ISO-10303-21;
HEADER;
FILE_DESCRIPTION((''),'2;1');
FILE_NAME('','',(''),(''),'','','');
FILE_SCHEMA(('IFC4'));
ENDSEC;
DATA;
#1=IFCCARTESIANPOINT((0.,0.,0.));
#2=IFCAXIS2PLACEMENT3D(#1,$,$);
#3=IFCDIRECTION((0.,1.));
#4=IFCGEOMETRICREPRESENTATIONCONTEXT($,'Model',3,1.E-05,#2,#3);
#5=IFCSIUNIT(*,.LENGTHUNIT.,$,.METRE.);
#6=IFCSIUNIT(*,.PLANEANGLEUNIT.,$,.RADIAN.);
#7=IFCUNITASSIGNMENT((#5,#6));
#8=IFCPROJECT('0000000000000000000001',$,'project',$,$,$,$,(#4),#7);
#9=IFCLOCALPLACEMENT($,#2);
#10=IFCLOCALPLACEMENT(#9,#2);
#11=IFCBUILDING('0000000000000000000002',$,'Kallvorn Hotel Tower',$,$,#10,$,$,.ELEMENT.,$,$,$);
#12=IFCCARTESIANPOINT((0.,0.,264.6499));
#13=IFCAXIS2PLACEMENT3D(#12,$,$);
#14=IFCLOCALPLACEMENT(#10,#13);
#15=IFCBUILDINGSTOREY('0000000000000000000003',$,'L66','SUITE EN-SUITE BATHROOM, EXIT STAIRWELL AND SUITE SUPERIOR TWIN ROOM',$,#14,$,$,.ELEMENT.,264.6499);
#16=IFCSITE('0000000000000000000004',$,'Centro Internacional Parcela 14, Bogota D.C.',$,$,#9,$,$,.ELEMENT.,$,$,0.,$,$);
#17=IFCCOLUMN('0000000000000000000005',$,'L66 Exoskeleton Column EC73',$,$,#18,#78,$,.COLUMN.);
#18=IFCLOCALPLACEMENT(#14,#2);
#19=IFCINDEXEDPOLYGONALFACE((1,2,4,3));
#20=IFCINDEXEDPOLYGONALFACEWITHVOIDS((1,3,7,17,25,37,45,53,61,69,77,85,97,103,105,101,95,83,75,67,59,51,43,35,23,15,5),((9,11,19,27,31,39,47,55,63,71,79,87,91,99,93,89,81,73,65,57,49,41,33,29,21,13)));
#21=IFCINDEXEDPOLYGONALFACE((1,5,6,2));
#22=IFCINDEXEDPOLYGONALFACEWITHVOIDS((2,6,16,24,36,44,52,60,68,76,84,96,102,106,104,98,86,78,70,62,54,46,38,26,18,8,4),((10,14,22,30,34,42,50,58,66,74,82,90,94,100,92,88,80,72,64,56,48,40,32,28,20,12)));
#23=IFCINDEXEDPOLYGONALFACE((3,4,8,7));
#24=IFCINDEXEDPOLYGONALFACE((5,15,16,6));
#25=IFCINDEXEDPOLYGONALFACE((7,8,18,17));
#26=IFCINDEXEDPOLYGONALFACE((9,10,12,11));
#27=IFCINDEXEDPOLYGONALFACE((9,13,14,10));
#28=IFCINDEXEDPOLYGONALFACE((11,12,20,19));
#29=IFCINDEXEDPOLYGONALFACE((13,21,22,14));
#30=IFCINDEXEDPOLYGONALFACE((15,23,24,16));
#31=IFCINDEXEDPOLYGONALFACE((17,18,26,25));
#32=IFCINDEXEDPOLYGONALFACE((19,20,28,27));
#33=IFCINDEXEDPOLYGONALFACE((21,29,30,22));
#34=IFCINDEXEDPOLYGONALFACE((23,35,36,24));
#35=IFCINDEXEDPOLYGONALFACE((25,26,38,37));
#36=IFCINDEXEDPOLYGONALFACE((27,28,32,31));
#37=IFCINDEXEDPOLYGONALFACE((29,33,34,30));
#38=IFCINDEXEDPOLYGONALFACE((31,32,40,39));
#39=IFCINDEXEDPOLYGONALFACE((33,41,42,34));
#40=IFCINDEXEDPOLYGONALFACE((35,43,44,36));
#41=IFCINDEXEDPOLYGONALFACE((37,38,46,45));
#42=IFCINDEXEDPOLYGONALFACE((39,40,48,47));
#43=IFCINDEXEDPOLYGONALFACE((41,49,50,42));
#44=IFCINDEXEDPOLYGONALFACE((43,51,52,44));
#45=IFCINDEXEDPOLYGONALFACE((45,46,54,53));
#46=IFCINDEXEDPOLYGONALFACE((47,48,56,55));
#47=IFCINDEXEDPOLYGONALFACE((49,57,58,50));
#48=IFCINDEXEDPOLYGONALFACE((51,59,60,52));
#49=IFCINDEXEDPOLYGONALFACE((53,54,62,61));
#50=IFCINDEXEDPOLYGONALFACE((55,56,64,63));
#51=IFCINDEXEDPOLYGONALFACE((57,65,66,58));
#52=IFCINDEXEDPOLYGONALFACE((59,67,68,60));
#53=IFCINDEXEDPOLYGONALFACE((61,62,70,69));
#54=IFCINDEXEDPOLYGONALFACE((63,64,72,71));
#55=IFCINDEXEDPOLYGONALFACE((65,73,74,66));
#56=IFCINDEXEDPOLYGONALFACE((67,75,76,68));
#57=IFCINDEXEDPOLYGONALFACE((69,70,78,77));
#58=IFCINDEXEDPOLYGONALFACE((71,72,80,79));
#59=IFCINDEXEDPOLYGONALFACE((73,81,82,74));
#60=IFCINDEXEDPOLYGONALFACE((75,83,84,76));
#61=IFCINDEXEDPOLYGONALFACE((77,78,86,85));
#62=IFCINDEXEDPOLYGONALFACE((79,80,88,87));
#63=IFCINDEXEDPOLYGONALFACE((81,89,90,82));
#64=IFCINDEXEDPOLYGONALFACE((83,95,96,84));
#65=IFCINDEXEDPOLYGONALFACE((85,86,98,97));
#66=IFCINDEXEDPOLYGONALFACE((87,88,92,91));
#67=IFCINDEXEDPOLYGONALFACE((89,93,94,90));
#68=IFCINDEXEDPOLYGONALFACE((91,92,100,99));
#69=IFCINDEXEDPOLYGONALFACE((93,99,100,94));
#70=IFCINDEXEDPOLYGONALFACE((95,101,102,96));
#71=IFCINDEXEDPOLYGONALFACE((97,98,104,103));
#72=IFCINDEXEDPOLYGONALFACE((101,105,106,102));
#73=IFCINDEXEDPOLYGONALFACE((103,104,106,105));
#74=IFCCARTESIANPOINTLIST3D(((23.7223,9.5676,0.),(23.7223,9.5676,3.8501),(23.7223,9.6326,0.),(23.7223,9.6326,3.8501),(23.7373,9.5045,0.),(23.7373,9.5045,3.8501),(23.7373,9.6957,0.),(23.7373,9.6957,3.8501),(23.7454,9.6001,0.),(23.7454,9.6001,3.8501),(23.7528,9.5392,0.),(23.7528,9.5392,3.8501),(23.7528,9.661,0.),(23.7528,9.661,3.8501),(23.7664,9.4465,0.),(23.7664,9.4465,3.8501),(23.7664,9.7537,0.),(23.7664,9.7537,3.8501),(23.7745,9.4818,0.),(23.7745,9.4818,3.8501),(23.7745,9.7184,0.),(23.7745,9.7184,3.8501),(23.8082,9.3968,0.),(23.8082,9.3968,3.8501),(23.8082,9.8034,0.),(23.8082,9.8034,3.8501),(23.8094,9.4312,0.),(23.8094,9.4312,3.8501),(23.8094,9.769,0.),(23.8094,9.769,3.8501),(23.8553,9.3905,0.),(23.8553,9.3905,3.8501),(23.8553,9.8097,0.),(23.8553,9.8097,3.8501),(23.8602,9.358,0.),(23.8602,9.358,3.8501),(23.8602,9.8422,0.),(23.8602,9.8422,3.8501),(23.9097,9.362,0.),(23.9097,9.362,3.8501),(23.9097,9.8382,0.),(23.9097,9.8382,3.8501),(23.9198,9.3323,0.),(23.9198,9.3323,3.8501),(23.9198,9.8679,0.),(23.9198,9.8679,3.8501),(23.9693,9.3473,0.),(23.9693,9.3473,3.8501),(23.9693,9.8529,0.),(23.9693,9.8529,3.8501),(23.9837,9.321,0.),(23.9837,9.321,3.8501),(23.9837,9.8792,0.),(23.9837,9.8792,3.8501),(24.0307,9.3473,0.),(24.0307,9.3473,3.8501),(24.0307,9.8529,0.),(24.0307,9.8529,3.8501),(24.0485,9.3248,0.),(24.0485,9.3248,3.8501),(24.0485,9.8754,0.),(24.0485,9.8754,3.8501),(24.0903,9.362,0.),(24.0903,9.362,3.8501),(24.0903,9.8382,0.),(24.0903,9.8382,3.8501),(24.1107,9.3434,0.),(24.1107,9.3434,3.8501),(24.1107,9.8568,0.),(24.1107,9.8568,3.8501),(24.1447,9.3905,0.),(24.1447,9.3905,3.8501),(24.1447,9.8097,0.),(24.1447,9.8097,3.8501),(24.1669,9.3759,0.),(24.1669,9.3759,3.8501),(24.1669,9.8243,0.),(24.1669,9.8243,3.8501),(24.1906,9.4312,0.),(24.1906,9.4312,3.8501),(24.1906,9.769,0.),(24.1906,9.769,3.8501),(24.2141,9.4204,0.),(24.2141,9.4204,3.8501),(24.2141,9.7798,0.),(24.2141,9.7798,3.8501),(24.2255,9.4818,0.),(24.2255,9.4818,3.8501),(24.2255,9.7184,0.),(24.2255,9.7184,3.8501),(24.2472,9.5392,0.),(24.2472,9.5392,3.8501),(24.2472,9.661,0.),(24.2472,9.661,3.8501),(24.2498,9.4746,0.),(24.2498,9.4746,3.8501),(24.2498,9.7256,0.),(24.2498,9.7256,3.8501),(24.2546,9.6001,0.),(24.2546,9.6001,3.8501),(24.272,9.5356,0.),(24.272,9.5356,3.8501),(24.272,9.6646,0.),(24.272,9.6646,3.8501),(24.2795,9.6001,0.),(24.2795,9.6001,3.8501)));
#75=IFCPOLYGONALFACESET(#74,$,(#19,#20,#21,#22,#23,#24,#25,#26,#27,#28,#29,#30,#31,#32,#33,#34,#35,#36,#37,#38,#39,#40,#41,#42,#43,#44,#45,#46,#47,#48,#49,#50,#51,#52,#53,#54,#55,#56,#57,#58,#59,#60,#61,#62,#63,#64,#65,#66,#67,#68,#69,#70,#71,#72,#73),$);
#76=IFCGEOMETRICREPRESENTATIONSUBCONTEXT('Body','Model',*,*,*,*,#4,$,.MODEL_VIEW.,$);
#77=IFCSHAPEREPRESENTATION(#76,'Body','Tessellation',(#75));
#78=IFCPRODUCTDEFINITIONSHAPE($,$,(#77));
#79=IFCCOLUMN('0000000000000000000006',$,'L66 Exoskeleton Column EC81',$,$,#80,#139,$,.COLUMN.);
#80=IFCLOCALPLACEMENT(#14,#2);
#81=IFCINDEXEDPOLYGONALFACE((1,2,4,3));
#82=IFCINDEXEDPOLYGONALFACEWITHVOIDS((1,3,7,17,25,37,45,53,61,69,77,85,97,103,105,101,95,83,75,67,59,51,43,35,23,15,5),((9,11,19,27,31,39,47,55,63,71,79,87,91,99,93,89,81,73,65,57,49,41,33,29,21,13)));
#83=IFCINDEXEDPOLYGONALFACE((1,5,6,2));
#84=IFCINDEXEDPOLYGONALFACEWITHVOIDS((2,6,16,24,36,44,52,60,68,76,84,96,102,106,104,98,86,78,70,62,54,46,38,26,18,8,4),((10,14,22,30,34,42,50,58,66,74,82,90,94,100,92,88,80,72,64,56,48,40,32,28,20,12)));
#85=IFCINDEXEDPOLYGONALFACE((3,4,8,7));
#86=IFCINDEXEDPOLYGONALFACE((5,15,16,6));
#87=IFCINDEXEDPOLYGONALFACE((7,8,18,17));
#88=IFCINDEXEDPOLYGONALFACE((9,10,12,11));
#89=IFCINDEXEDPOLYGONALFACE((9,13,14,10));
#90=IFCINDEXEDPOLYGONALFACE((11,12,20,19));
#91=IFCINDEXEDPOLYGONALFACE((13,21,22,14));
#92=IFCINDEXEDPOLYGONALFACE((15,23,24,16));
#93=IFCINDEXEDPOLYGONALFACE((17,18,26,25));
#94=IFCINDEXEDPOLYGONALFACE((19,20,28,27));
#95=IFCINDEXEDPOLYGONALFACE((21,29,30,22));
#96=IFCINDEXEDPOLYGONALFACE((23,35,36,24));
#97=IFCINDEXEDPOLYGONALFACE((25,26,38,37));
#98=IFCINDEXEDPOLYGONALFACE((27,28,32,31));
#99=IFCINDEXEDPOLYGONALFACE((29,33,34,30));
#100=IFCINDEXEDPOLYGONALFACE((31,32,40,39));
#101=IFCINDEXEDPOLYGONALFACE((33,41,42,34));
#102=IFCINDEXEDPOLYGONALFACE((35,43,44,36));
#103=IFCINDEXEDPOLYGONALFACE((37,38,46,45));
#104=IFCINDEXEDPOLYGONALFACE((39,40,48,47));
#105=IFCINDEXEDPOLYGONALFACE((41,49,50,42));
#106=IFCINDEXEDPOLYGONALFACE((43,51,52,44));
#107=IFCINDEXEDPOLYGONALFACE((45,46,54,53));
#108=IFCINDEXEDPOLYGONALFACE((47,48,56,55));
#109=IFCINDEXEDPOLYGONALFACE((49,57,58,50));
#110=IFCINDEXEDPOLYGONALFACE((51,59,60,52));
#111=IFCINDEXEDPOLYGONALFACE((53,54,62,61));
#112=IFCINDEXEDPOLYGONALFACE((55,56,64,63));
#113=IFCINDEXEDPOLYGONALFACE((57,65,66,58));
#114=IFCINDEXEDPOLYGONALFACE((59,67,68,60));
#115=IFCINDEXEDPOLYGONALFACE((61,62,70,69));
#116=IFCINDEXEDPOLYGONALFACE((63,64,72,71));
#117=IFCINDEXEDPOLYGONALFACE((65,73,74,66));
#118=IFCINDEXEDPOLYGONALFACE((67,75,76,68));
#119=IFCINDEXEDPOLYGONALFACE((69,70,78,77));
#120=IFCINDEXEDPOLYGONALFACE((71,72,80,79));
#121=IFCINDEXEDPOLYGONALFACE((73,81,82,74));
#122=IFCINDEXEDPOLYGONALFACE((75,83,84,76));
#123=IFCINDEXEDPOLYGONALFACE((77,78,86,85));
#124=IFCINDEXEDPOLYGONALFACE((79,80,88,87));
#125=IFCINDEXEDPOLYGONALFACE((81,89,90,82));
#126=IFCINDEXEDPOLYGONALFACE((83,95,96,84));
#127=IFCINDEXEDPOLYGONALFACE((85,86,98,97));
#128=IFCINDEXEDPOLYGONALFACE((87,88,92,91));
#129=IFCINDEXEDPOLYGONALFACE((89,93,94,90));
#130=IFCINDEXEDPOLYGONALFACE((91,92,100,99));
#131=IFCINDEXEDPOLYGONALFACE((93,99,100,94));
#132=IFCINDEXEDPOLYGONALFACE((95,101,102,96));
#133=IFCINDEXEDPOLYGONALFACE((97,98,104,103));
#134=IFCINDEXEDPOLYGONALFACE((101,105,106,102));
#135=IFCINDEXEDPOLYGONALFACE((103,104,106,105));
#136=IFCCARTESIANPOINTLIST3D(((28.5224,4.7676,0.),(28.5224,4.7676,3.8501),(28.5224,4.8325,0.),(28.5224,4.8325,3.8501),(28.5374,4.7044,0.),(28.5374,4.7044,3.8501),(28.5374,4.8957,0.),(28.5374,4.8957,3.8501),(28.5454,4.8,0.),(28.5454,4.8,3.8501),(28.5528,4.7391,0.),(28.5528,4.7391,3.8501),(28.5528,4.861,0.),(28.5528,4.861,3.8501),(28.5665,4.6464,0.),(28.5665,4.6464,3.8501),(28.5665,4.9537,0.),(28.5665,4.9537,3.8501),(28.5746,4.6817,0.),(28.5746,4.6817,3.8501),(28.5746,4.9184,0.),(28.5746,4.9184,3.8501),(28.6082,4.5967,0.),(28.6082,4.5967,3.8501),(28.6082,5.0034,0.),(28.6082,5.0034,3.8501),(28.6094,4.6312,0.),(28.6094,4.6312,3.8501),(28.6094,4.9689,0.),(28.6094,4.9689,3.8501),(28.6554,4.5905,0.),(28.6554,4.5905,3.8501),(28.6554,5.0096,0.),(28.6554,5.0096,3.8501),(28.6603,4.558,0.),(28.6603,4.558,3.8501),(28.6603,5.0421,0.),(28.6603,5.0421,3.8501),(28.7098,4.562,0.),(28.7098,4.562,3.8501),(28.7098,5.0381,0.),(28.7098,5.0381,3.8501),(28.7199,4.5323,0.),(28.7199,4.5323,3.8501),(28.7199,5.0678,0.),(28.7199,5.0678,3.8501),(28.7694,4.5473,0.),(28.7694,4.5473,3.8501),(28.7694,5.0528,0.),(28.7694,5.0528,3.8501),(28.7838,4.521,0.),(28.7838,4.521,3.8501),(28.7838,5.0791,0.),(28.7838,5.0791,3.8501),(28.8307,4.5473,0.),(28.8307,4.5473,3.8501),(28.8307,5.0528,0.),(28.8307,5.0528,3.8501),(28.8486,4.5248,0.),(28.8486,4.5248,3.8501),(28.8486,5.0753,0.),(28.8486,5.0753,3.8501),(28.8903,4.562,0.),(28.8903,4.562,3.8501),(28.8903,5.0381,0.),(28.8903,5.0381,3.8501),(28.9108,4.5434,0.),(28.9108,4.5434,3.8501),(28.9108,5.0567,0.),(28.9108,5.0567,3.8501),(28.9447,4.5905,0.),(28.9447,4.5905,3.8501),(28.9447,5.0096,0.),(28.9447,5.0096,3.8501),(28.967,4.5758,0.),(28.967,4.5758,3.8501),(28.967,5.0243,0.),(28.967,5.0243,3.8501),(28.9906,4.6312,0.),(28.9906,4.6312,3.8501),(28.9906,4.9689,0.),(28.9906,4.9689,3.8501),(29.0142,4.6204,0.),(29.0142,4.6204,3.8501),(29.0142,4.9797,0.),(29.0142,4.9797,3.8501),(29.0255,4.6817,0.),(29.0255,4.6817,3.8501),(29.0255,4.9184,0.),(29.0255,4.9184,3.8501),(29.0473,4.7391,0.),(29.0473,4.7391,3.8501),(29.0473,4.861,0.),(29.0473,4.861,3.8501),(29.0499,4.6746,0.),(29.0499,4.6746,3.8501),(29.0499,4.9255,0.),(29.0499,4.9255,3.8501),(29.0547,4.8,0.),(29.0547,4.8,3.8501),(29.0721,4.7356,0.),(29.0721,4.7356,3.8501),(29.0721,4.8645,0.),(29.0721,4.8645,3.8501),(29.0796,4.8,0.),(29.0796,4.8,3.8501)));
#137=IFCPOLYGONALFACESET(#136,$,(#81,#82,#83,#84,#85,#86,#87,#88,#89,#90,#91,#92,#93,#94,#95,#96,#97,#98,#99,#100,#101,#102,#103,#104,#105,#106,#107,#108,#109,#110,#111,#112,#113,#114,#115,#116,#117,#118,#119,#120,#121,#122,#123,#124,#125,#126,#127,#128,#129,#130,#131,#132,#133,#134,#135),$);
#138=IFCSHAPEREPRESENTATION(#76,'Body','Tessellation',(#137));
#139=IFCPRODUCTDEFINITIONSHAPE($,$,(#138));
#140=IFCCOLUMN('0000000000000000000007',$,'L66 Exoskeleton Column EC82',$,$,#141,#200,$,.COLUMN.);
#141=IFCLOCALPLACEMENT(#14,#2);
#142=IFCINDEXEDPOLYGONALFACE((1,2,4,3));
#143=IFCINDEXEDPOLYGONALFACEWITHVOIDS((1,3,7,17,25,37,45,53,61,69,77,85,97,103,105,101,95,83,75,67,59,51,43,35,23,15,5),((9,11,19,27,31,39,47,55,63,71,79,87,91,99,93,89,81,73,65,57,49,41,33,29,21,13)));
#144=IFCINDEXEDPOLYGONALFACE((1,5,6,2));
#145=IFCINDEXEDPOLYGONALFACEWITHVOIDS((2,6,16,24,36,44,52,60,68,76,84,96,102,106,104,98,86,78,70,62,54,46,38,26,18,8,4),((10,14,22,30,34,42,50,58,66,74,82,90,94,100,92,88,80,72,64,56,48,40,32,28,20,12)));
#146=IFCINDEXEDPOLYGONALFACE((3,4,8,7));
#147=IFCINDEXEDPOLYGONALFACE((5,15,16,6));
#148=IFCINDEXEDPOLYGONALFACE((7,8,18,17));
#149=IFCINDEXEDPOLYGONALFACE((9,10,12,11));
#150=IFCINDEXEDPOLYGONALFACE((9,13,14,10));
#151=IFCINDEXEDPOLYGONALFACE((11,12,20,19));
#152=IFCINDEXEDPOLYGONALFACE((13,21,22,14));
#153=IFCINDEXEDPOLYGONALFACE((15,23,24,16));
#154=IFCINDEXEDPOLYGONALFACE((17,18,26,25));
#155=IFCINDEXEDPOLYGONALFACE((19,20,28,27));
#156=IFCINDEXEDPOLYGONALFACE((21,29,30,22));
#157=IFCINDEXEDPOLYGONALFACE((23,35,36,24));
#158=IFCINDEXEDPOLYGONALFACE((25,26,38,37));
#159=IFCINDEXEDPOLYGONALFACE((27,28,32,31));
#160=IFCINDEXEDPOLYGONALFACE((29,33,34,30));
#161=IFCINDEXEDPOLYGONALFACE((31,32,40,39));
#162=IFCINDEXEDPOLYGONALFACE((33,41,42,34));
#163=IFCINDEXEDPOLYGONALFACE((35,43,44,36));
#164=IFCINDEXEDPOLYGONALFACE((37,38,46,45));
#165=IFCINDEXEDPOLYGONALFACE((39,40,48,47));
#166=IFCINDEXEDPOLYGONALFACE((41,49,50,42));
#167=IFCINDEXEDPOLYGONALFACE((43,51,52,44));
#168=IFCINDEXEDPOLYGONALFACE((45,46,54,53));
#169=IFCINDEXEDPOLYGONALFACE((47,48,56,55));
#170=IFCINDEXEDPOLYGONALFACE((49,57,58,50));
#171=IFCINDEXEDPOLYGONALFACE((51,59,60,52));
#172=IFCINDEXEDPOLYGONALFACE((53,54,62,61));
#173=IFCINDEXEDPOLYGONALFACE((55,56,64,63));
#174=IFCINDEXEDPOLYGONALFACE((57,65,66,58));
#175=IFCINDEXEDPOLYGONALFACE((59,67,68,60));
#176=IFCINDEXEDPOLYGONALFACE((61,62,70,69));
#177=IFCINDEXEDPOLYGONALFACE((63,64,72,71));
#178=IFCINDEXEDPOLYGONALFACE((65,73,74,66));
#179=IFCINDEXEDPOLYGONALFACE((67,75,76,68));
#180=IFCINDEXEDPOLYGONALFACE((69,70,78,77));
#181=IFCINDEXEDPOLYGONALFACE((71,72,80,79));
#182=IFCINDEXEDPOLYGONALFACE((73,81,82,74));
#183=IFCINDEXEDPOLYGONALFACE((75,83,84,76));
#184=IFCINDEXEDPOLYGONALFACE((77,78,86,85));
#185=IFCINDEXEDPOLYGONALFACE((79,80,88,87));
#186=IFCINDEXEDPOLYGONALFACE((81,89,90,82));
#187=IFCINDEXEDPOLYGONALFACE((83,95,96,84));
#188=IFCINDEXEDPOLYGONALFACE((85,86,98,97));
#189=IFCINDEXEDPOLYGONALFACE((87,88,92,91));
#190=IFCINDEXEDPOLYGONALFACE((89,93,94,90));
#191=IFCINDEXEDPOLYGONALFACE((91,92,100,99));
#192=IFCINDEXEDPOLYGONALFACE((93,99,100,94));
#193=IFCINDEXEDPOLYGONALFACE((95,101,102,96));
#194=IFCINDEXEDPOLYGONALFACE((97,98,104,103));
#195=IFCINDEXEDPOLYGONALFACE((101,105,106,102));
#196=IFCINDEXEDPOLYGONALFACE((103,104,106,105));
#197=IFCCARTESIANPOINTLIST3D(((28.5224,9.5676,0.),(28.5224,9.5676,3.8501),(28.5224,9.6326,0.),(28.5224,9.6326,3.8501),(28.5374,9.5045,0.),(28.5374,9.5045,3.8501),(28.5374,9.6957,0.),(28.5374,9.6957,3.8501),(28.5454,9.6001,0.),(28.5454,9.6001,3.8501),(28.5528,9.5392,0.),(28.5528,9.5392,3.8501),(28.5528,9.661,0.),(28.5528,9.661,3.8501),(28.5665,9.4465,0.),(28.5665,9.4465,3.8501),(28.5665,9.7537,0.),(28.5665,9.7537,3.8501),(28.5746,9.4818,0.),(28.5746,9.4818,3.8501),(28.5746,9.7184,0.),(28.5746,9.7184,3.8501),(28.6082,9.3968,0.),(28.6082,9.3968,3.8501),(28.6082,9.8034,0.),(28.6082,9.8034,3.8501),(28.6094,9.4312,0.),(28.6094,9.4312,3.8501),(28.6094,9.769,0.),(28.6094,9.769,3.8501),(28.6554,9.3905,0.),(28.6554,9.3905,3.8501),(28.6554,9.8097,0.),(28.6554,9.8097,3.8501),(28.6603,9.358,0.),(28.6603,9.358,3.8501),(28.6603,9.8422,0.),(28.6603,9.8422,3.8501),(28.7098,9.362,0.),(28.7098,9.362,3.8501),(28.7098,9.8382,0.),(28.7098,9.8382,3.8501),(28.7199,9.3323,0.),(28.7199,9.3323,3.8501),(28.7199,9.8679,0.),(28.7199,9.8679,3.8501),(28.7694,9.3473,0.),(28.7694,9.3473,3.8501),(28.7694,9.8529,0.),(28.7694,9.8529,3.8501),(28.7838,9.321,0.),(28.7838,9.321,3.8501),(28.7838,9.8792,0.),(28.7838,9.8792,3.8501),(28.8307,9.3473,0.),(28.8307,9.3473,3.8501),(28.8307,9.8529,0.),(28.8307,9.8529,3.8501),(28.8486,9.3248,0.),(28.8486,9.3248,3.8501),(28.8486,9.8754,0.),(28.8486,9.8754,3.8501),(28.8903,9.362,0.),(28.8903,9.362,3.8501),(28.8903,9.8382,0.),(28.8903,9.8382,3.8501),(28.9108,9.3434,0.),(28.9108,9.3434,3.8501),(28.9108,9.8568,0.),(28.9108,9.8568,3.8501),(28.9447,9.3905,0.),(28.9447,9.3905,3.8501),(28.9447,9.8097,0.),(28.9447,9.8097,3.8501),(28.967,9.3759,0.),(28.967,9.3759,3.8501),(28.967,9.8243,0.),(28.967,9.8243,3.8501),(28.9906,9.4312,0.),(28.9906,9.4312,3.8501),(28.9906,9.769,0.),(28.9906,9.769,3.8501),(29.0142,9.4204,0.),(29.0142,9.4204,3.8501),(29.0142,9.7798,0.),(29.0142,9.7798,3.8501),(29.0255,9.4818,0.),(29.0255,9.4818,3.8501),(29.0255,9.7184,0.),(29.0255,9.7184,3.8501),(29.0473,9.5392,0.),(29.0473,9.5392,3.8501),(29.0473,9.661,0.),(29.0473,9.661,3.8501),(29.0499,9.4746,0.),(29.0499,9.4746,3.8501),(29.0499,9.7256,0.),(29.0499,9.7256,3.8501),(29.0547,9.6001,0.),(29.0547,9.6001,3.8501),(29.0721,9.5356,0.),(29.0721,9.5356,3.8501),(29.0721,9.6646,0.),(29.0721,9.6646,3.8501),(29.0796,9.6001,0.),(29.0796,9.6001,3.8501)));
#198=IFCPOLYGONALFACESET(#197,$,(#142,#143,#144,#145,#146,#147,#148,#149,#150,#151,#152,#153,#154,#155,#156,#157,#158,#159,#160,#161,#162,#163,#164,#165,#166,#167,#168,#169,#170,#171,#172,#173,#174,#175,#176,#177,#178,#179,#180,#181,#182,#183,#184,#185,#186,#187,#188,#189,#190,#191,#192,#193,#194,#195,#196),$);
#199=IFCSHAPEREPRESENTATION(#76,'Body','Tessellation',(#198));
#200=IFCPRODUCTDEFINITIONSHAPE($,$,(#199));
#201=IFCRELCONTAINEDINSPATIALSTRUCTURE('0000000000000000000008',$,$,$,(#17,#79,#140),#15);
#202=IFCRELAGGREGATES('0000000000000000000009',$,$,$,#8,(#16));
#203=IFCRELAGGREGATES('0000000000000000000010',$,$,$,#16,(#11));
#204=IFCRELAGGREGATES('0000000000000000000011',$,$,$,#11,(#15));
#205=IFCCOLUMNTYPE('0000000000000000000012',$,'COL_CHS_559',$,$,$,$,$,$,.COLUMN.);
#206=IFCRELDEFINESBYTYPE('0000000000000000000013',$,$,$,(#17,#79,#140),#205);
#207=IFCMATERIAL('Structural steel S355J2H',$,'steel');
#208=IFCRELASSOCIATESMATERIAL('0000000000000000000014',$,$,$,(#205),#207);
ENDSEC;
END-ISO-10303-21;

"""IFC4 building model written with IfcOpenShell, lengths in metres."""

from ifc_helpers import new_model, si_unit, direction, frame, origin, origin_2d, place, context, subcontext, project, spatial, hollow_circle, extrude, material, material_profile, profile_set, type_object, element, save


model = new_model("IFC4")

# Units and contexts
model_context = context("Model", 3, precision=1e-05, world=origin(), true_north=direction((0.0, 1.0)))
body_context = subcontext(model_context, "Body", "Model", "MODEL_VIEW")
ifc_project = project(units=[si_unit("LENGTHUNIT", "METRE"), si_unit("PLANEANGLEUNIT", "RADIAN")], contexts=[model_context])

# Site, building, storey
site_placement = place(None, origin())
site = spatial("IfcSite", under=ifc_project, at=site_placement, Name="Centro Internacional Parcela 14, Bogota D.C.", CompositionType="ELEMENT", RefElevation=0.0)
building_placement = place(site_placement, origin())
building = spatial("IfcBuilding", under=site, at=building_placement, Name="Kallvorn Hotel Tower", CompositionType="ELEMENT")
storey_placement = place(building_placement, frame((0.0, 0.0, 264.6499)))
storey = spatial("IfcBuildingStorey", under=building, at=storey_placement, Name="L66", Description="SUITE EN-SUITE BATHROOM, EXIT STAIRWELL AND SUITE SUPERIOR TWIN ROOM", CompositionType="ELEMENT", Elevation=264.6499)

# Columns
ifc_material_1 = material(Name="Structural steel S355J2H", Category="steel")
ifc_material_profile_1 = material_profile(ifc_material_1, hollow_circle(Radius=0.2795, WallThickness=0.0249, at=origin_2d()), Name="CHS 559x25")
ifc_profile_set_1 = profile_set([ifc_material_profile_1], Name="Structural steel S355J2H")
column_type_1 = type_object("IfcColumnType", Name="COL_CHS_559", PredefinedType="COLUMN", material=ifc_profile_set_1)
for number, where, z_axis, x_axis, name in (
    (1, (24.0, 9.6001, 0.0), (0.0, 0.0, 1.0), (1.0, 0.0, 0.0), "L66 Exoskeleton Column EC73"),
    (2, (28.8, 4.8, 0.0), (0.0, 0.0, 1.0), (1.0, 0.0, 0.0), "L66 Exoskeleton Column EC81"),
    (3, (28.8, 9.6001, 0.0), (0.0, 0.0, 1.0), (1.0, 0.0, 0.0), "L66 Exoskeleton Column EC82"),
):
    element("IfcColumn", number, at=place(storey_placement, frame(where, z_axis=z_axis, x_axis=x_axis)), inside=storey, type_object=column_type_1, Name=name, PredefinedType="COLUMN", context=body_context, shape_type="SweptSolid", body=[
        extrude(hollow_circle(Radius=0.2795, WallThickness=0.0249, at=origin_2d()), origin(), (0.0, 0.0, 1.0), 3.8501),
    ])

save(model, "model.ifc")
